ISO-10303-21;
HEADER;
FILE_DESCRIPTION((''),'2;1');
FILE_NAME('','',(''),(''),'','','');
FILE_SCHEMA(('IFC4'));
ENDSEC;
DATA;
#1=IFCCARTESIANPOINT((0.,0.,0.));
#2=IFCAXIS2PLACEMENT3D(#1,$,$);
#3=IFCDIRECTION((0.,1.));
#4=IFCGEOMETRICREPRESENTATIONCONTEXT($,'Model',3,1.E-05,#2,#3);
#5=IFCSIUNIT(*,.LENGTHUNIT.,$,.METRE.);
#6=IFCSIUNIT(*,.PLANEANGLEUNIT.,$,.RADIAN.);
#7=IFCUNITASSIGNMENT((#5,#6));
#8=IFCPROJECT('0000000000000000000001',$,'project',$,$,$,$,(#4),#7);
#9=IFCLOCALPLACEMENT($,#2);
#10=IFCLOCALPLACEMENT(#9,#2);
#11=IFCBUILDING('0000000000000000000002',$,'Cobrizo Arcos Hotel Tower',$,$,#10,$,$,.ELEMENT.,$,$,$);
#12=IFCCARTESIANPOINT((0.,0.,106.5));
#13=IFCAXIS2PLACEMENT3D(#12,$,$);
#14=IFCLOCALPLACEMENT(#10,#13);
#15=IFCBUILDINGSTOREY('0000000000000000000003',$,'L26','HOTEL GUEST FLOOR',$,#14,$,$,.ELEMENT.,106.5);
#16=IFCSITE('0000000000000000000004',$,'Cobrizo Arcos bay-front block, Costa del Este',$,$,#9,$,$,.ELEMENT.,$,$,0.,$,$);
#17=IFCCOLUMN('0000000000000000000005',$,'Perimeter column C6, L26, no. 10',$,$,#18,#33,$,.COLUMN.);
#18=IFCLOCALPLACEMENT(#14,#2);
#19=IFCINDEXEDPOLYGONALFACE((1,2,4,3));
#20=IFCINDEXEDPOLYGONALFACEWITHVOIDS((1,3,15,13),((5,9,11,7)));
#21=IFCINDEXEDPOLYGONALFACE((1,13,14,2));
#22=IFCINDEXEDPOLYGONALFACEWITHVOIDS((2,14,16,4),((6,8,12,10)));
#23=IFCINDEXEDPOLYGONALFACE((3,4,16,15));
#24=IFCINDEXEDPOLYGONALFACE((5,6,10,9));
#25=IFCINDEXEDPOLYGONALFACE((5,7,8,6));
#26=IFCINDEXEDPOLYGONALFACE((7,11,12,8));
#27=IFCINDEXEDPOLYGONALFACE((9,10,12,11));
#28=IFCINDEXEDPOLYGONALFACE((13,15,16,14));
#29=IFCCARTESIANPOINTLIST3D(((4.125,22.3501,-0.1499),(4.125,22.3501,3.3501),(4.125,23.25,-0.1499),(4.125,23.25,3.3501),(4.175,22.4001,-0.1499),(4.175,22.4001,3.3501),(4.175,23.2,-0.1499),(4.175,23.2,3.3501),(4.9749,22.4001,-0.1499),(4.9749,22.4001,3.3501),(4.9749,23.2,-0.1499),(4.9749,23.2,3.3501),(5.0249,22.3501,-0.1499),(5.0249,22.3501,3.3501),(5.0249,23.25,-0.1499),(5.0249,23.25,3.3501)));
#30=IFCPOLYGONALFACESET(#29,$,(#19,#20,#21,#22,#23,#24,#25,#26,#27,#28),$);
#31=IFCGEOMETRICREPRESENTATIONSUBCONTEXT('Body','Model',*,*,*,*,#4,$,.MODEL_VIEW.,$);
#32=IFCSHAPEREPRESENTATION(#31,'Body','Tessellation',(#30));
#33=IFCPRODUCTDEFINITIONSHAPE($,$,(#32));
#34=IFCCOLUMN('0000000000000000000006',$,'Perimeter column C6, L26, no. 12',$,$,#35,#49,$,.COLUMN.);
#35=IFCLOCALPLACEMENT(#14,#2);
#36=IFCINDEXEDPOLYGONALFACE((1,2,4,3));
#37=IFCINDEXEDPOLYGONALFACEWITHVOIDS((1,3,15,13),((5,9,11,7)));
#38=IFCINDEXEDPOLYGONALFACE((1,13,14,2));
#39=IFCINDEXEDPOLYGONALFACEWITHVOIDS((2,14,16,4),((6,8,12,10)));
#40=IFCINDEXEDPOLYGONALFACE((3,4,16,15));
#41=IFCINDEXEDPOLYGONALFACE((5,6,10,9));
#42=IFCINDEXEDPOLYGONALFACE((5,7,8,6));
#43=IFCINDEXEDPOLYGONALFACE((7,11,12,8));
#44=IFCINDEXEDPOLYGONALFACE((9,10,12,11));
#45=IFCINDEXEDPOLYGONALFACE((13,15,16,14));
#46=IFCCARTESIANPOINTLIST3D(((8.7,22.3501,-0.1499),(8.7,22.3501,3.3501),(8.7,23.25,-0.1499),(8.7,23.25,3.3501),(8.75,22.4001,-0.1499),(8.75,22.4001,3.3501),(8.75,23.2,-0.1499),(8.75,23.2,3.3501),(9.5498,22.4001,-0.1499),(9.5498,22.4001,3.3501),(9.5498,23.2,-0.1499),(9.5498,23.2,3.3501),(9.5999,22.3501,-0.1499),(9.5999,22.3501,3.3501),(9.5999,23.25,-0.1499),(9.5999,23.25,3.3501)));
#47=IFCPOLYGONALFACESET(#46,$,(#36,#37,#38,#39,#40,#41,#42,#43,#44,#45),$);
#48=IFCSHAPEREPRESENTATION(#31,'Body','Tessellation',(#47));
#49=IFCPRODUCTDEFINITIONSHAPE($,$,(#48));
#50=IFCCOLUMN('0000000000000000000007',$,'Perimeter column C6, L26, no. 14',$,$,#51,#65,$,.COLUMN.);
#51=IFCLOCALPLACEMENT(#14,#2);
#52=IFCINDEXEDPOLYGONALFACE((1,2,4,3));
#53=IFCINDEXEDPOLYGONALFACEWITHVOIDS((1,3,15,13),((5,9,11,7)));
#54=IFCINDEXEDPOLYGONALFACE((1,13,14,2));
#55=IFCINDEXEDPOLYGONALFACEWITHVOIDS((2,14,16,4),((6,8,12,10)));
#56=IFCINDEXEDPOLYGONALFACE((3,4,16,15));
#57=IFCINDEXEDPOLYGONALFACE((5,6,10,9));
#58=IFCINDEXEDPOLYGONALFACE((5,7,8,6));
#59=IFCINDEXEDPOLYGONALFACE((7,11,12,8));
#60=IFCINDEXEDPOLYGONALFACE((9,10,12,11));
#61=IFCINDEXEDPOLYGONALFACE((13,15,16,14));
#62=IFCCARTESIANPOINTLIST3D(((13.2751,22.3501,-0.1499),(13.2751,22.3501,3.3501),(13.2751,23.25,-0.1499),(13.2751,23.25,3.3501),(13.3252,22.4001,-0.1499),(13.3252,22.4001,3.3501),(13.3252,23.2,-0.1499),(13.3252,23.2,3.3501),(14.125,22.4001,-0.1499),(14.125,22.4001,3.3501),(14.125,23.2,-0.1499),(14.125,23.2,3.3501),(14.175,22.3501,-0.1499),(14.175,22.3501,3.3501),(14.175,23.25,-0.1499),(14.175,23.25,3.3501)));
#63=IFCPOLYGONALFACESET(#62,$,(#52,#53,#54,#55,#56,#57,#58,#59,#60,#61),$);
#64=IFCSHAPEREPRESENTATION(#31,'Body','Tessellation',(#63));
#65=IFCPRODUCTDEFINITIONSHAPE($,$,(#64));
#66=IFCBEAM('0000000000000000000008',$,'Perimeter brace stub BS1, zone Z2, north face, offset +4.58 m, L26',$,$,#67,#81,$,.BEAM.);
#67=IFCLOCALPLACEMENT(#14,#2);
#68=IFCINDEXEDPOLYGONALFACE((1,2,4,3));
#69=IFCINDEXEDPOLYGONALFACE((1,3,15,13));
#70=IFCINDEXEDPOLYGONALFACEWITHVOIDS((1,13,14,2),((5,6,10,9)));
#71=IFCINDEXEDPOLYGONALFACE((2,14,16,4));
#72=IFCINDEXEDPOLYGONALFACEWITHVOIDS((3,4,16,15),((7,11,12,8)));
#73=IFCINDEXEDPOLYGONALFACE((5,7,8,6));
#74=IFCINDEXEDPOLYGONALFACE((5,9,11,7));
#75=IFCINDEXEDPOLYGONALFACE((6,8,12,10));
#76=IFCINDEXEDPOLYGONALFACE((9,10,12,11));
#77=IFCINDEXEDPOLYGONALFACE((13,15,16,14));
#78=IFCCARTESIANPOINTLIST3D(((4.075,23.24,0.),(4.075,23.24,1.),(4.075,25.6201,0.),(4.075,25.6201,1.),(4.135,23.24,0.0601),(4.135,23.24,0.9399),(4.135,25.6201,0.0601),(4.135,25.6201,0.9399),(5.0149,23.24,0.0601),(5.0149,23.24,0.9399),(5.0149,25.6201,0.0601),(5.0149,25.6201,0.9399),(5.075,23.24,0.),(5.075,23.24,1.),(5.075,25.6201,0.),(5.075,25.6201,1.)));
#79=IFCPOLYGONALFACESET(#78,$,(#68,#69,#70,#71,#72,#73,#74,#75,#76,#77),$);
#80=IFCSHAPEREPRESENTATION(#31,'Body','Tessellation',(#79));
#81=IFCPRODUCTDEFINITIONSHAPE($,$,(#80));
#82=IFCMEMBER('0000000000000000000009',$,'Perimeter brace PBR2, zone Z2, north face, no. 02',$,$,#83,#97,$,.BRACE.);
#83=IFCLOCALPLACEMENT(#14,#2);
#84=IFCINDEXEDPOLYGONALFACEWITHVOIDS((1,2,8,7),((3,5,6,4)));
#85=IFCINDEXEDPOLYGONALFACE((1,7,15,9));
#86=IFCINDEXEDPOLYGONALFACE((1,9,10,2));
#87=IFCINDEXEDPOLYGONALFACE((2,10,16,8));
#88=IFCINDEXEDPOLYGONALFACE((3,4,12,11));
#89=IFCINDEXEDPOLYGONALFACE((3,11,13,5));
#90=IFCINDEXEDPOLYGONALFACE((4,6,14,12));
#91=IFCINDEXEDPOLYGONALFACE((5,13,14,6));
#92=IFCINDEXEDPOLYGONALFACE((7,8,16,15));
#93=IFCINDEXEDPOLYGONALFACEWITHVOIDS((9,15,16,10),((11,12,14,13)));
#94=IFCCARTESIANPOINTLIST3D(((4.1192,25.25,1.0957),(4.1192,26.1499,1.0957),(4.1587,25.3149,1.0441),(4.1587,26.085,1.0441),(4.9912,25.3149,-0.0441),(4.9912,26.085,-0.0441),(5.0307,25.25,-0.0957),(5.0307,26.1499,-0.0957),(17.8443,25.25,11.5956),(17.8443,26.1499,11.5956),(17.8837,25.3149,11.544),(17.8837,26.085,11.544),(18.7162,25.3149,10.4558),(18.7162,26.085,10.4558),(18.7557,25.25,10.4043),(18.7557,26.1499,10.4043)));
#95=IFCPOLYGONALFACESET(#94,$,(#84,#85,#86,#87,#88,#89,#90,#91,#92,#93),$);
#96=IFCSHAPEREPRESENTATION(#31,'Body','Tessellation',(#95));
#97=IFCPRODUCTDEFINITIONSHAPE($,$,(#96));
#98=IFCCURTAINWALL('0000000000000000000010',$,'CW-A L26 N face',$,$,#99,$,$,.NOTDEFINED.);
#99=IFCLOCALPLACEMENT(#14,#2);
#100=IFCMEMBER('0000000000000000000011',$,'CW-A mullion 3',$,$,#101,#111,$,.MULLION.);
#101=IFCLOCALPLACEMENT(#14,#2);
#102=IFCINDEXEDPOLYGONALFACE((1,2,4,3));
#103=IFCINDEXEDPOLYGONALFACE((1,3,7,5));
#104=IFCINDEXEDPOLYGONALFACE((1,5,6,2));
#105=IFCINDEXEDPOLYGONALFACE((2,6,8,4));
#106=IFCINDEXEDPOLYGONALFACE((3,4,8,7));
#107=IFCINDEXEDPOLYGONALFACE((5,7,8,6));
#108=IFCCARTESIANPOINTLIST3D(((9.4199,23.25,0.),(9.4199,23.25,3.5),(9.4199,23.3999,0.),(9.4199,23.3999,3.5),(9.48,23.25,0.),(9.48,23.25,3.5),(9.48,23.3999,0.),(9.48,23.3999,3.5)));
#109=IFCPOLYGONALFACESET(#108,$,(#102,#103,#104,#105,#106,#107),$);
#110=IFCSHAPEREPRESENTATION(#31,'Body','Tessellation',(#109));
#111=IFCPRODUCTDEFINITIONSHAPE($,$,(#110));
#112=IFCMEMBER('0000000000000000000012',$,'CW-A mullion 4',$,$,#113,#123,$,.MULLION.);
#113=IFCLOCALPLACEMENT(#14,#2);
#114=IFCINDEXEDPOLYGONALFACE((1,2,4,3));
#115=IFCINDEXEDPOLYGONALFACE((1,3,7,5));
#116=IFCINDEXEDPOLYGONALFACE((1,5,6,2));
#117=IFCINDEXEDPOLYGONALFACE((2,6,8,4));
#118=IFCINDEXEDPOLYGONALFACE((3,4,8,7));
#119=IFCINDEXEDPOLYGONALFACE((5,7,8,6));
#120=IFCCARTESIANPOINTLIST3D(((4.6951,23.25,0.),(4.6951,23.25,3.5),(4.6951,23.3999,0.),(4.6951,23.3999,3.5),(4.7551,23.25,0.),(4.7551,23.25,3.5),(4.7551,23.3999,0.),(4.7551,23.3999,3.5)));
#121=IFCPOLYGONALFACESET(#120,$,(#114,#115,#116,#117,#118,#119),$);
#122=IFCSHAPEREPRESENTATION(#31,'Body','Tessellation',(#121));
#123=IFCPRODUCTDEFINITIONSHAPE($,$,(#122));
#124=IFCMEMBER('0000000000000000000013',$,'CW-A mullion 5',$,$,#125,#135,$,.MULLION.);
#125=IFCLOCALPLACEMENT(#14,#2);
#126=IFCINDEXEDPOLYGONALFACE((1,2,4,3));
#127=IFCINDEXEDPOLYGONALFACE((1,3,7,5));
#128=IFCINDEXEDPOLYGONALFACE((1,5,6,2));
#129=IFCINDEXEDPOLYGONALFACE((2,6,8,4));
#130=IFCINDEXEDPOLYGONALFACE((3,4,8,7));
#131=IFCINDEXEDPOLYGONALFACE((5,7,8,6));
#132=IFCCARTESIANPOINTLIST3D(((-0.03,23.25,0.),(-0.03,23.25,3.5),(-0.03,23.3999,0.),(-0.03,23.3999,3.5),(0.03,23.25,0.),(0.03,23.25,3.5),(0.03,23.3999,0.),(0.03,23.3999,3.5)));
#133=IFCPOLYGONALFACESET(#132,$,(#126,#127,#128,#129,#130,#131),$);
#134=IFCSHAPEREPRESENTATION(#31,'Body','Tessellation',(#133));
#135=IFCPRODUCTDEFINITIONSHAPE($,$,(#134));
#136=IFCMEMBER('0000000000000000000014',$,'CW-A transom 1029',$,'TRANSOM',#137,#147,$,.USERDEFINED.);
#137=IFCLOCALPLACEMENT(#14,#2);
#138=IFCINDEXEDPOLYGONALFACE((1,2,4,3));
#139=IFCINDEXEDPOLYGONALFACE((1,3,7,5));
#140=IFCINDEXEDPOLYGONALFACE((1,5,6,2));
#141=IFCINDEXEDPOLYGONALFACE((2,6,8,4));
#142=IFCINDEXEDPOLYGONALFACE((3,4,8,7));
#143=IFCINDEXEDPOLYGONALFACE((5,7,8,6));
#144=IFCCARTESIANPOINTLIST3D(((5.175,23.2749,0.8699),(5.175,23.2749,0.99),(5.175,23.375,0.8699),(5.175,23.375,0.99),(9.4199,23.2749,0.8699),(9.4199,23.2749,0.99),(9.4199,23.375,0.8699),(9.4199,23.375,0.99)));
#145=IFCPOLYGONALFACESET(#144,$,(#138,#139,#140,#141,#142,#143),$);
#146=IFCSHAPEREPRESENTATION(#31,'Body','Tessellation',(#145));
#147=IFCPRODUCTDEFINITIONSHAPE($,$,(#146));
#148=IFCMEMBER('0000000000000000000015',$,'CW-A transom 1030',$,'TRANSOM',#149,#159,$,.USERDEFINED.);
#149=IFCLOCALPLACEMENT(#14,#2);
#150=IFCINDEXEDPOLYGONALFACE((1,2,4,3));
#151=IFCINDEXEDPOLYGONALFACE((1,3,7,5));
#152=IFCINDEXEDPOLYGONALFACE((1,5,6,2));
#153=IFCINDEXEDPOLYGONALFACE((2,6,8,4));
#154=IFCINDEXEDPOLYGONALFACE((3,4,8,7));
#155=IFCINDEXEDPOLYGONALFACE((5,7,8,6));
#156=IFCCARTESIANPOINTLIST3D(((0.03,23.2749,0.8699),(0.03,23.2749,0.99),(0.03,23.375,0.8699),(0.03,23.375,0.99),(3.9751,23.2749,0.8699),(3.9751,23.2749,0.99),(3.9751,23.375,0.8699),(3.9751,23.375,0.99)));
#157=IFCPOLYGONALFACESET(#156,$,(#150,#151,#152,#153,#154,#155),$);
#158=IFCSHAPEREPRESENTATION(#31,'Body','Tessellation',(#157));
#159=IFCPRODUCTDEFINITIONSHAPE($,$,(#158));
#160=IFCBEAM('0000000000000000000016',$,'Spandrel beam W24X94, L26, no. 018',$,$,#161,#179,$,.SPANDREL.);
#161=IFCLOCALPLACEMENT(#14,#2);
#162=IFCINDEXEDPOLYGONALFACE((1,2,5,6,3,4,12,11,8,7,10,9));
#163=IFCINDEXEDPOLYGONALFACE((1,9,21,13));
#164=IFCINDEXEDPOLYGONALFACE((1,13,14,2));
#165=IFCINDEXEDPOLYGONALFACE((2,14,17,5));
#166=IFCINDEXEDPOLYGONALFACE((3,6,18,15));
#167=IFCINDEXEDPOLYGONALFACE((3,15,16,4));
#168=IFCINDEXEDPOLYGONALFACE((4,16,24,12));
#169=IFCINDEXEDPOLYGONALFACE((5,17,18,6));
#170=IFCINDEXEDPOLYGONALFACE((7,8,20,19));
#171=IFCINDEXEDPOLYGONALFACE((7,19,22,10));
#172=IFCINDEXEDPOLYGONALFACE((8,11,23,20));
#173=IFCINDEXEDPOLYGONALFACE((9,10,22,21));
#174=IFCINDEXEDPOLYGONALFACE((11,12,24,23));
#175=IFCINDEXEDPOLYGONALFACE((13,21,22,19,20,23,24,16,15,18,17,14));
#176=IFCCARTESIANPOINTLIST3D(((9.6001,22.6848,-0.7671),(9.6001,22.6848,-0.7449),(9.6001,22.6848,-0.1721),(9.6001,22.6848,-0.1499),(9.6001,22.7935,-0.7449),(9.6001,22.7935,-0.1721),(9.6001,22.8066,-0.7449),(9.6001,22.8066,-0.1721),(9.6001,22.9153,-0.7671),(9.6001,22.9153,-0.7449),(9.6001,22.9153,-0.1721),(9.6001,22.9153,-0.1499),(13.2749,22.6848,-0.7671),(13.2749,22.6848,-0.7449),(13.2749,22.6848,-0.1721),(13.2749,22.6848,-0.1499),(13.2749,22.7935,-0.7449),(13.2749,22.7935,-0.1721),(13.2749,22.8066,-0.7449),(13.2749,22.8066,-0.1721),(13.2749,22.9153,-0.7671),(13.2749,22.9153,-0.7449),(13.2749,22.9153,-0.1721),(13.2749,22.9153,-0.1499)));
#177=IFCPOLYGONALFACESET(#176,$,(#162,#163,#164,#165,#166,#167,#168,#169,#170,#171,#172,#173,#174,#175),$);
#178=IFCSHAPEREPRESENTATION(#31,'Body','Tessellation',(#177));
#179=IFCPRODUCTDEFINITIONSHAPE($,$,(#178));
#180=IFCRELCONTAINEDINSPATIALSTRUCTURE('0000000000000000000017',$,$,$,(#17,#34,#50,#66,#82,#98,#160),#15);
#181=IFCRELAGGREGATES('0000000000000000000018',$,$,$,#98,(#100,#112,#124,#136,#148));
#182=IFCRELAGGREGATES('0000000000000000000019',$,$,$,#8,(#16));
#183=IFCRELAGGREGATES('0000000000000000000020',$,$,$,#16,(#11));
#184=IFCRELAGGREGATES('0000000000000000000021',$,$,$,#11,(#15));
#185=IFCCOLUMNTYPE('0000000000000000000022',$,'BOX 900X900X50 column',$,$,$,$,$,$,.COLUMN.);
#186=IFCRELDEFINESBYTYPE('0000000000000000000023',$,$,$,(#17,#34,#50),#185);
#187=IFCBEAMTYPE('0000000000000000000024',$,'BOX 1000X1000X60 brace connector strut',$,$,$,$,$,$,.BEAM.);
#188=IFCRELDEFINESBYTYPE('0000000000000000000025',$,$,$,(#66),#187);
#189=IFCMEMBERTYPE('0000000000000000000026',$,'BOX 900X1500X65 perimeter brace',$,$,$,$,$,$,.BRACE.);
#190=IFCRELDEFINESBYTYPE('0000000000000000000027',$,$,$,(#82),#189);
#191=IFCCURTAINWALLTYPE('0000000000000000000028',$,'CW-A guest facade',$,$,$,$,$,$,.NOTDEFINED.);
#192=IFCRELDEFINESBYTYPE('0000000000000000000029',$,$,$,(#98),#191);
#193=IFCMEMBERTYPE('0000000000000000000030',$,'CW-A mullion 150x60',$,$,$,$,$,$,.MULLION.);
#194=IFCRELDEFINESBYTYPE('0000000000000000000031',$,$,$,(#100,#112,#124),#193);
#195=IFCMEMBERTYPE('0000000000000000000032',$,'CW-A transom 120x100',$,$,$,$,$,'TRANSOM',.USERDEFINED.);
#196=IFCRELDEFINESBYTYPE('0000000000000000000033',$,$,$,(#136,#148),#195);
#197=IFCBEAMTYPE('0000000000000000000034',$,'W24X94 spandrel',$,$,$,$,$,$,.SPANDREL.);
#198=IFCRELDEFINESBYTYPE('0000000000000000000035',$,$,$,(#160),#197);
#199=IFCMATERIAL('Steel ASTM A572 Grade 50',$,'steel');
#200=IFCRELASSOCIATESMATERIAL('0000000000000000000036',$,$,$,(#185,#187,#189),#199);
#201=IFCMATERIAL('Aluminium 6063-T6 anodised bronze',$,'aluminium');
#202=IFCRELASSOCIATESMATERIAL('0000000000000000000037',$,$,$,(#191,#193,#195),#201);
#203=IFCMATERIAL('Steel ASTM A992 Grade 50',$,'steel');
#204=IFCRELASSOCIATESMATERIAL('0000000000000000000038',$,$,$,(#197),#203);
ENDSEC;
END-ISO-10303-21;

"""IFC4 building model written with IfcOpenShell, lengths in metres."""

from ifc_helpers import new_model, si_unit, direction, frame, origin, origin_2d, place, context, subcontext, project, spatial, rectangle, hollow_rectangle, i_section, extrude, material, material_profile, profile_set, type_object, element, aggregate, save


model = new_model("IFC4")

# Units and contexts
model_context = context("Model", 3, precision=1e-05, world=origin(), true_north=direction((0.0, 1.0)))
body_context = subcontext(model_context, "Body", "Model", "MODEL_VIEW")
ifc_project = project(units=[si_unit("LENGTHUNIT", "METRE"), si_unit("PLANEANGLEUNIT", "RADIAN")], contexts=[model_context])

# Site, building, storey
site_placement = place(None, origin())
site = spatial("IfcSite", under=ifc_project, at=site_placement, Name="Cobrizo Arcos bay-front block, Costa del Este", CompositionType="ELEMENT", RefElevation=0.0)
building_placement = place(site_placement, origin())
building = spatial("IfcBuilding", under=site, at=building_placement, Name="Cobrizo Arcos Hotel Tower", CompositionType="ELEMENT")
storey_placement = place(building_placement, frame((0.0, 0.0, 106.5)))
storey = spatial("IfcBuildingStorey", under=building, at=storey_placement, Name="L26", Description="HOTEL GUEST FLOOR", CompositionType="ELEMENT", Elevation=106.5)

# Columns
ifc_material_1 = material(Name="Steel ASTM A572 Grade 50", Category="steel")
ifc_material_profile_1 = material_profile(ifc_material_1, hollow_rectangle(XDim=0.8999, YDim=0.8999, WallThickness=0.05, at=origin_2d()), Name="BOX 900X900X50")
ifc_profile_set_1 = profile_set([ifc_material_profile_1], Name="Steel ASTM A572 Grade 50")
column_type = type_object("IfcColumnType", Name="BOX 900X900X50 column", PredefinedType="COLUMN", material=ifc_profile_set_1)
for number, where, z_axis, x_axis, name in (
    (1, (4.575, 22.8, -0.1499), (0.0, 0.0, 1.0), (1.0, 0.0, 0.0), "Perimeter column C6, L26, no. 10"),
    (2, (9.1499, 22.8, -0.1499), (0.0, 0.0, 1.0), (1.0, 0.0, 0.0), "Perimeter column C6, L26, no. 12"),
    (3, (13.7251, 22.8, -0.1499), (0.0, 0.0, 1.0), (1.0, 0.0, 0.0), "Perimeter column C6, L26, no. 14"),
):
    element("IfcColumn", number, at=place(storey_placement, frame(where, z_axis=z_axis, x_axis=x_axis)), inside=storey, type_object=column_type, Name=name, PredefinedType="COLUMN", context=body_context, shape_type="SweptSolid", body=[
        extrude(hollow_rectangle(XDim=0.8999, YDim=0.8999, WallThickness=0.05, at=origin_2d()), origin(), (0.0, 0.0, 1.0), 3.5),
    ])

# Beam
ifc_material_profile_2 = material_profile(ifc_material_1, hollow_rectangle(XDim=1.0, YDim=1.0, WallThickness=0.0601, at=origin_2d()), Name="BOX 1000X1000X60")
ifc_profile_set_2 = profile_set([ifc_material_profile_2], Name="Steel ASTM A572 Grade 50")
beam_type_1 = type_object("IfcBeamType", Name="BOX 1000X1000X60 brace connector strut", PredefinedType="BEAM", material=ifc_profile_set_2)
beam_1_placement = place(storey_placement, frame((4.575, 23.24, 0.5), z_axis=(0.0, 1.0, 0.0), x_axis=(-1.0, 0.0, 0.0)))
element("IfcBeam", 4, at=beam_1_placement, inside=storey, type_object=beam_type_1, Name="Perimeter brace stub BS1, zone Z2, north face, offset +4.58 m, L26", PredefinedType="BEAM", context=body_context, shape_type="SweptSolid", body=[
    extrude(hollow_rectangle(XDim=1.0, YDim=1.0, WallThickness=0.0601, at=origin_2d()), origin(), (0.0, 0.0, 1.0), 2.3801),
])

# Member
ifc_material_profile_3 = material_profile(ifc_material_1, hollow_rectangle(XDim=0.8999, YDim=1.5, WallThickness=0.0649, at=origin_2d()), Name="BOX 900X1500X65")
ifc_profile_set_3 = profile_set([ifc_material_profile_3], Name="Steel ASTM A572 Grade 50")
member_type_1 = type_object("IfcMemberType", Name="BOX 900X1500X65 perimeter brace", PredefinedType="BRACE", material=ifc_profile_set_3)
member_1_placement = place(storey_placement, frame((4.575, 25.7, 0.5), z_axis=(0.794237, 0.0, 0.607608), x_axis=(0.0, 1.0, 0.0)))
element("IfcMember", 5, at=member_1_placement, inside=storey, type_object=member_type_1, Name="Perimeter brace PBR2, zone Z2, north face, no. 02", PredefinedType="BRACE", context=body_context, shape_type="SweptSolid", body=[
    extrude(hollow_rectangle(XDim=0.8999, YDim=1.5, WallThickness=0.0649, at=origin_2d()), origin(), (0.0, 0.0, 1.0), 17.2808),
])

# Curtain wall, members
ifc_material_2 = material(Name="Aluminium 6063-T6 anodised bronze", Category="aluminium")
curtain_wall_type = type_object("IfcCurtainWallType", Name="CW-A guest facade", PredefinedType="NOTDEFINED", material=ifc_material_2)
curtain_wall_placement = place(storey_placement, origin())
curtain_wall = element("IfcCurtainWall", 6, at=curtain_wall_placement, inside=storey, type_object=curtain_wall_type, Name="CW-A L26 N face", PredefinedType="NOTDEFINED")
ifc_material_profile_4 = material_profile(ifc_material_2, rectangle(XDim=0.1499, YDim=0.0601, at=origin_2d()), Name="CW-A mullion 150x60")
ifc_profile_set_4 = profile_set([ifc_material_profile_4], Name="Aluminium 6063-T6 anodised bronze")
member_type_2 = type_object("IfcMemberType", Name="CW-A mullion 150x60", PredefinedType="MULLION", material=ifc_profile_set_4)
member_2_placement = place(storey_placement, frame((9.45, 23.325, 0.0), z_axis=(0.0, 0.0, 1.0), x_axis=(0.0, 1.0, 0.0)))
member_2 = element("IfcMember", 7, at=member_2_placement, type_object=member_type_2, Name="CW-A mullion 3", PredefinedType="MULLION", context=body_context, shape_type="SweptSolid", body=[
    extrude(rectangle(XDim=0.1499, YDim=0.0601, at=origin_2d()), origin(), (0.0, 0.0, 1.0), 3.5),
])
member_3_placement = place(storey_placement, frame((4.7251, 23.325, 0.0), z_axis=(0.0, 0.0, 1.0), x_axis=(0.0, 1.0, 0.0)))
member_3 = element("IfcMember", 8, at=member_3_placement, type_object=member_type_2, Name="CW-A mullion 4", PredefinedType="MULLION", context=body_context, shape_type="SweptSolid", body=[
    extrude(rectangle(XDim=0.1499, YDim=0.0601, at=origin_2d()), origin(), (0.0, 0.0, 1.0), 3.5),
])
member_4_placement = place(storey_placement, frame((0.0, 23.325, 0.0), z_axis=(0.0, 0.0, 1.0), x_axis=(0.0, 1.0, 0.0)))
member_4 = element("IfcMember", 9, at=member_4_placement, type_object=member_type_2, Name="CW-A mullion 5", PredefinedType="MULLION", context=body_context, shape_type="SweptSolid", body=[
    extrude(rectangle(XDim=0.1499, YDim=0.0601, at=origin_2d()), origin(), (0.0, 0.0, 1.0), 3.5),
])
ifc_material_profile_5 = material_profile(ifc_material_2, rectangle(XDim=0.1001, YDim=0.1201, at=origin_2d()), Name="CW-A transom 120x100")
ifc_profile_set_5 = profile_set([ifc_material_profile_5], Name="Aluminium 6063-T6 anodised bronze")
member_type_3 = type_object("IfcMemberType", Name="CW-A transom 120x100", ElementType="TRANSOM", PredefinedType="USERDEFINED", material=ifc_profile_set_5)
member_5_placement = place(storey_placement, frame((9.4199, 23.325, 0.9299), z_axis=(-1.0, 0.0, 0.0), x_axis=(0.0, -1.0, 0.0)))
member_5 = element("IfcMember", 10, at=member_5_placement, type_object=member_type_3, Name="CW-A transom 1029", ObjectType="TRANSOM", PredefinedType="USERDEFINED", context=body_context, shape_type="SweptSolid", body=[
    extrude(rectangle(XDim=0.1001, YDim=0.1201, at=origin_2d()), origin(), (0.0, 0.0, 1.0), 4.2449),
])
member_6_placement = place(storey_placement, frame((3.9751, 23.325, 0.9299), z_axis=(-1.0, 0.0, 0.0), x_axis=(0.0, -1.0, 0.0)))
member_6 = element("IfcMember", 11, at=member_6_placement, type_object=member_type_3, Name="CW-A transom 1030", ObjectType="TRANSOM", PredefinedType="USERDEFINED", context=body_context, shape_type="SweptSolid", body=[
    extrude(rectangle(XDim=0.1001, YDim=0.1201, at=origin_2d()), origin(), (0.0, 0.0, 1.0), 3.9451),
])

# Beam
ifc_material_3 = material(Name="Steel ASTM A992 Grade 50", Category="steel")
ifc_material_profile_6 = material_profile(ifc_material_3, i_section(OverallWidth=0.2305, OverallDepth=0.6172, WebThickness=0.0132, FlangeThickness=0.0222, at=origin_2d()), Name="W24X94")
ifc_profile_set_6 = profile_set([ifc_material_profile_6], Name="Steel ASTM A992 Grade 50")
beam_type_2 = type_object("IfcBeamType", Name="W24X94 spandrel", PredefinedType="SPANDREL", material=ifc_profile_set_6)
beam_2_placement = place(storey_placement, frame((13.2749, 22.8, -0.4585), z_axis=(-1.0, 0.0, 0.0), x_axis=(0.0, -1.0, 0.0)))
element("IfcBeam", 12, at=beam_2_placement, inside=storey, type_object=beam_type_2, Name="Spandrel beam W24X94, L26, no. 018", PredefinedType="SPANDREL", context=body_context, shape_type="SweptSolid", body=[
    extrude(i_section(OverallWidth=0.2305, OverallDepth=0.6172, WebThickness=0.0132, FlangeThickness=0.0222, at=origin_2d()), origin(), (0.0, 0.0, 1.0), 3.6748),
])

aggregate(curtain_wall, [member_2, member_3, member_4, member_5, member_6])

save(model, "model.ifc")
